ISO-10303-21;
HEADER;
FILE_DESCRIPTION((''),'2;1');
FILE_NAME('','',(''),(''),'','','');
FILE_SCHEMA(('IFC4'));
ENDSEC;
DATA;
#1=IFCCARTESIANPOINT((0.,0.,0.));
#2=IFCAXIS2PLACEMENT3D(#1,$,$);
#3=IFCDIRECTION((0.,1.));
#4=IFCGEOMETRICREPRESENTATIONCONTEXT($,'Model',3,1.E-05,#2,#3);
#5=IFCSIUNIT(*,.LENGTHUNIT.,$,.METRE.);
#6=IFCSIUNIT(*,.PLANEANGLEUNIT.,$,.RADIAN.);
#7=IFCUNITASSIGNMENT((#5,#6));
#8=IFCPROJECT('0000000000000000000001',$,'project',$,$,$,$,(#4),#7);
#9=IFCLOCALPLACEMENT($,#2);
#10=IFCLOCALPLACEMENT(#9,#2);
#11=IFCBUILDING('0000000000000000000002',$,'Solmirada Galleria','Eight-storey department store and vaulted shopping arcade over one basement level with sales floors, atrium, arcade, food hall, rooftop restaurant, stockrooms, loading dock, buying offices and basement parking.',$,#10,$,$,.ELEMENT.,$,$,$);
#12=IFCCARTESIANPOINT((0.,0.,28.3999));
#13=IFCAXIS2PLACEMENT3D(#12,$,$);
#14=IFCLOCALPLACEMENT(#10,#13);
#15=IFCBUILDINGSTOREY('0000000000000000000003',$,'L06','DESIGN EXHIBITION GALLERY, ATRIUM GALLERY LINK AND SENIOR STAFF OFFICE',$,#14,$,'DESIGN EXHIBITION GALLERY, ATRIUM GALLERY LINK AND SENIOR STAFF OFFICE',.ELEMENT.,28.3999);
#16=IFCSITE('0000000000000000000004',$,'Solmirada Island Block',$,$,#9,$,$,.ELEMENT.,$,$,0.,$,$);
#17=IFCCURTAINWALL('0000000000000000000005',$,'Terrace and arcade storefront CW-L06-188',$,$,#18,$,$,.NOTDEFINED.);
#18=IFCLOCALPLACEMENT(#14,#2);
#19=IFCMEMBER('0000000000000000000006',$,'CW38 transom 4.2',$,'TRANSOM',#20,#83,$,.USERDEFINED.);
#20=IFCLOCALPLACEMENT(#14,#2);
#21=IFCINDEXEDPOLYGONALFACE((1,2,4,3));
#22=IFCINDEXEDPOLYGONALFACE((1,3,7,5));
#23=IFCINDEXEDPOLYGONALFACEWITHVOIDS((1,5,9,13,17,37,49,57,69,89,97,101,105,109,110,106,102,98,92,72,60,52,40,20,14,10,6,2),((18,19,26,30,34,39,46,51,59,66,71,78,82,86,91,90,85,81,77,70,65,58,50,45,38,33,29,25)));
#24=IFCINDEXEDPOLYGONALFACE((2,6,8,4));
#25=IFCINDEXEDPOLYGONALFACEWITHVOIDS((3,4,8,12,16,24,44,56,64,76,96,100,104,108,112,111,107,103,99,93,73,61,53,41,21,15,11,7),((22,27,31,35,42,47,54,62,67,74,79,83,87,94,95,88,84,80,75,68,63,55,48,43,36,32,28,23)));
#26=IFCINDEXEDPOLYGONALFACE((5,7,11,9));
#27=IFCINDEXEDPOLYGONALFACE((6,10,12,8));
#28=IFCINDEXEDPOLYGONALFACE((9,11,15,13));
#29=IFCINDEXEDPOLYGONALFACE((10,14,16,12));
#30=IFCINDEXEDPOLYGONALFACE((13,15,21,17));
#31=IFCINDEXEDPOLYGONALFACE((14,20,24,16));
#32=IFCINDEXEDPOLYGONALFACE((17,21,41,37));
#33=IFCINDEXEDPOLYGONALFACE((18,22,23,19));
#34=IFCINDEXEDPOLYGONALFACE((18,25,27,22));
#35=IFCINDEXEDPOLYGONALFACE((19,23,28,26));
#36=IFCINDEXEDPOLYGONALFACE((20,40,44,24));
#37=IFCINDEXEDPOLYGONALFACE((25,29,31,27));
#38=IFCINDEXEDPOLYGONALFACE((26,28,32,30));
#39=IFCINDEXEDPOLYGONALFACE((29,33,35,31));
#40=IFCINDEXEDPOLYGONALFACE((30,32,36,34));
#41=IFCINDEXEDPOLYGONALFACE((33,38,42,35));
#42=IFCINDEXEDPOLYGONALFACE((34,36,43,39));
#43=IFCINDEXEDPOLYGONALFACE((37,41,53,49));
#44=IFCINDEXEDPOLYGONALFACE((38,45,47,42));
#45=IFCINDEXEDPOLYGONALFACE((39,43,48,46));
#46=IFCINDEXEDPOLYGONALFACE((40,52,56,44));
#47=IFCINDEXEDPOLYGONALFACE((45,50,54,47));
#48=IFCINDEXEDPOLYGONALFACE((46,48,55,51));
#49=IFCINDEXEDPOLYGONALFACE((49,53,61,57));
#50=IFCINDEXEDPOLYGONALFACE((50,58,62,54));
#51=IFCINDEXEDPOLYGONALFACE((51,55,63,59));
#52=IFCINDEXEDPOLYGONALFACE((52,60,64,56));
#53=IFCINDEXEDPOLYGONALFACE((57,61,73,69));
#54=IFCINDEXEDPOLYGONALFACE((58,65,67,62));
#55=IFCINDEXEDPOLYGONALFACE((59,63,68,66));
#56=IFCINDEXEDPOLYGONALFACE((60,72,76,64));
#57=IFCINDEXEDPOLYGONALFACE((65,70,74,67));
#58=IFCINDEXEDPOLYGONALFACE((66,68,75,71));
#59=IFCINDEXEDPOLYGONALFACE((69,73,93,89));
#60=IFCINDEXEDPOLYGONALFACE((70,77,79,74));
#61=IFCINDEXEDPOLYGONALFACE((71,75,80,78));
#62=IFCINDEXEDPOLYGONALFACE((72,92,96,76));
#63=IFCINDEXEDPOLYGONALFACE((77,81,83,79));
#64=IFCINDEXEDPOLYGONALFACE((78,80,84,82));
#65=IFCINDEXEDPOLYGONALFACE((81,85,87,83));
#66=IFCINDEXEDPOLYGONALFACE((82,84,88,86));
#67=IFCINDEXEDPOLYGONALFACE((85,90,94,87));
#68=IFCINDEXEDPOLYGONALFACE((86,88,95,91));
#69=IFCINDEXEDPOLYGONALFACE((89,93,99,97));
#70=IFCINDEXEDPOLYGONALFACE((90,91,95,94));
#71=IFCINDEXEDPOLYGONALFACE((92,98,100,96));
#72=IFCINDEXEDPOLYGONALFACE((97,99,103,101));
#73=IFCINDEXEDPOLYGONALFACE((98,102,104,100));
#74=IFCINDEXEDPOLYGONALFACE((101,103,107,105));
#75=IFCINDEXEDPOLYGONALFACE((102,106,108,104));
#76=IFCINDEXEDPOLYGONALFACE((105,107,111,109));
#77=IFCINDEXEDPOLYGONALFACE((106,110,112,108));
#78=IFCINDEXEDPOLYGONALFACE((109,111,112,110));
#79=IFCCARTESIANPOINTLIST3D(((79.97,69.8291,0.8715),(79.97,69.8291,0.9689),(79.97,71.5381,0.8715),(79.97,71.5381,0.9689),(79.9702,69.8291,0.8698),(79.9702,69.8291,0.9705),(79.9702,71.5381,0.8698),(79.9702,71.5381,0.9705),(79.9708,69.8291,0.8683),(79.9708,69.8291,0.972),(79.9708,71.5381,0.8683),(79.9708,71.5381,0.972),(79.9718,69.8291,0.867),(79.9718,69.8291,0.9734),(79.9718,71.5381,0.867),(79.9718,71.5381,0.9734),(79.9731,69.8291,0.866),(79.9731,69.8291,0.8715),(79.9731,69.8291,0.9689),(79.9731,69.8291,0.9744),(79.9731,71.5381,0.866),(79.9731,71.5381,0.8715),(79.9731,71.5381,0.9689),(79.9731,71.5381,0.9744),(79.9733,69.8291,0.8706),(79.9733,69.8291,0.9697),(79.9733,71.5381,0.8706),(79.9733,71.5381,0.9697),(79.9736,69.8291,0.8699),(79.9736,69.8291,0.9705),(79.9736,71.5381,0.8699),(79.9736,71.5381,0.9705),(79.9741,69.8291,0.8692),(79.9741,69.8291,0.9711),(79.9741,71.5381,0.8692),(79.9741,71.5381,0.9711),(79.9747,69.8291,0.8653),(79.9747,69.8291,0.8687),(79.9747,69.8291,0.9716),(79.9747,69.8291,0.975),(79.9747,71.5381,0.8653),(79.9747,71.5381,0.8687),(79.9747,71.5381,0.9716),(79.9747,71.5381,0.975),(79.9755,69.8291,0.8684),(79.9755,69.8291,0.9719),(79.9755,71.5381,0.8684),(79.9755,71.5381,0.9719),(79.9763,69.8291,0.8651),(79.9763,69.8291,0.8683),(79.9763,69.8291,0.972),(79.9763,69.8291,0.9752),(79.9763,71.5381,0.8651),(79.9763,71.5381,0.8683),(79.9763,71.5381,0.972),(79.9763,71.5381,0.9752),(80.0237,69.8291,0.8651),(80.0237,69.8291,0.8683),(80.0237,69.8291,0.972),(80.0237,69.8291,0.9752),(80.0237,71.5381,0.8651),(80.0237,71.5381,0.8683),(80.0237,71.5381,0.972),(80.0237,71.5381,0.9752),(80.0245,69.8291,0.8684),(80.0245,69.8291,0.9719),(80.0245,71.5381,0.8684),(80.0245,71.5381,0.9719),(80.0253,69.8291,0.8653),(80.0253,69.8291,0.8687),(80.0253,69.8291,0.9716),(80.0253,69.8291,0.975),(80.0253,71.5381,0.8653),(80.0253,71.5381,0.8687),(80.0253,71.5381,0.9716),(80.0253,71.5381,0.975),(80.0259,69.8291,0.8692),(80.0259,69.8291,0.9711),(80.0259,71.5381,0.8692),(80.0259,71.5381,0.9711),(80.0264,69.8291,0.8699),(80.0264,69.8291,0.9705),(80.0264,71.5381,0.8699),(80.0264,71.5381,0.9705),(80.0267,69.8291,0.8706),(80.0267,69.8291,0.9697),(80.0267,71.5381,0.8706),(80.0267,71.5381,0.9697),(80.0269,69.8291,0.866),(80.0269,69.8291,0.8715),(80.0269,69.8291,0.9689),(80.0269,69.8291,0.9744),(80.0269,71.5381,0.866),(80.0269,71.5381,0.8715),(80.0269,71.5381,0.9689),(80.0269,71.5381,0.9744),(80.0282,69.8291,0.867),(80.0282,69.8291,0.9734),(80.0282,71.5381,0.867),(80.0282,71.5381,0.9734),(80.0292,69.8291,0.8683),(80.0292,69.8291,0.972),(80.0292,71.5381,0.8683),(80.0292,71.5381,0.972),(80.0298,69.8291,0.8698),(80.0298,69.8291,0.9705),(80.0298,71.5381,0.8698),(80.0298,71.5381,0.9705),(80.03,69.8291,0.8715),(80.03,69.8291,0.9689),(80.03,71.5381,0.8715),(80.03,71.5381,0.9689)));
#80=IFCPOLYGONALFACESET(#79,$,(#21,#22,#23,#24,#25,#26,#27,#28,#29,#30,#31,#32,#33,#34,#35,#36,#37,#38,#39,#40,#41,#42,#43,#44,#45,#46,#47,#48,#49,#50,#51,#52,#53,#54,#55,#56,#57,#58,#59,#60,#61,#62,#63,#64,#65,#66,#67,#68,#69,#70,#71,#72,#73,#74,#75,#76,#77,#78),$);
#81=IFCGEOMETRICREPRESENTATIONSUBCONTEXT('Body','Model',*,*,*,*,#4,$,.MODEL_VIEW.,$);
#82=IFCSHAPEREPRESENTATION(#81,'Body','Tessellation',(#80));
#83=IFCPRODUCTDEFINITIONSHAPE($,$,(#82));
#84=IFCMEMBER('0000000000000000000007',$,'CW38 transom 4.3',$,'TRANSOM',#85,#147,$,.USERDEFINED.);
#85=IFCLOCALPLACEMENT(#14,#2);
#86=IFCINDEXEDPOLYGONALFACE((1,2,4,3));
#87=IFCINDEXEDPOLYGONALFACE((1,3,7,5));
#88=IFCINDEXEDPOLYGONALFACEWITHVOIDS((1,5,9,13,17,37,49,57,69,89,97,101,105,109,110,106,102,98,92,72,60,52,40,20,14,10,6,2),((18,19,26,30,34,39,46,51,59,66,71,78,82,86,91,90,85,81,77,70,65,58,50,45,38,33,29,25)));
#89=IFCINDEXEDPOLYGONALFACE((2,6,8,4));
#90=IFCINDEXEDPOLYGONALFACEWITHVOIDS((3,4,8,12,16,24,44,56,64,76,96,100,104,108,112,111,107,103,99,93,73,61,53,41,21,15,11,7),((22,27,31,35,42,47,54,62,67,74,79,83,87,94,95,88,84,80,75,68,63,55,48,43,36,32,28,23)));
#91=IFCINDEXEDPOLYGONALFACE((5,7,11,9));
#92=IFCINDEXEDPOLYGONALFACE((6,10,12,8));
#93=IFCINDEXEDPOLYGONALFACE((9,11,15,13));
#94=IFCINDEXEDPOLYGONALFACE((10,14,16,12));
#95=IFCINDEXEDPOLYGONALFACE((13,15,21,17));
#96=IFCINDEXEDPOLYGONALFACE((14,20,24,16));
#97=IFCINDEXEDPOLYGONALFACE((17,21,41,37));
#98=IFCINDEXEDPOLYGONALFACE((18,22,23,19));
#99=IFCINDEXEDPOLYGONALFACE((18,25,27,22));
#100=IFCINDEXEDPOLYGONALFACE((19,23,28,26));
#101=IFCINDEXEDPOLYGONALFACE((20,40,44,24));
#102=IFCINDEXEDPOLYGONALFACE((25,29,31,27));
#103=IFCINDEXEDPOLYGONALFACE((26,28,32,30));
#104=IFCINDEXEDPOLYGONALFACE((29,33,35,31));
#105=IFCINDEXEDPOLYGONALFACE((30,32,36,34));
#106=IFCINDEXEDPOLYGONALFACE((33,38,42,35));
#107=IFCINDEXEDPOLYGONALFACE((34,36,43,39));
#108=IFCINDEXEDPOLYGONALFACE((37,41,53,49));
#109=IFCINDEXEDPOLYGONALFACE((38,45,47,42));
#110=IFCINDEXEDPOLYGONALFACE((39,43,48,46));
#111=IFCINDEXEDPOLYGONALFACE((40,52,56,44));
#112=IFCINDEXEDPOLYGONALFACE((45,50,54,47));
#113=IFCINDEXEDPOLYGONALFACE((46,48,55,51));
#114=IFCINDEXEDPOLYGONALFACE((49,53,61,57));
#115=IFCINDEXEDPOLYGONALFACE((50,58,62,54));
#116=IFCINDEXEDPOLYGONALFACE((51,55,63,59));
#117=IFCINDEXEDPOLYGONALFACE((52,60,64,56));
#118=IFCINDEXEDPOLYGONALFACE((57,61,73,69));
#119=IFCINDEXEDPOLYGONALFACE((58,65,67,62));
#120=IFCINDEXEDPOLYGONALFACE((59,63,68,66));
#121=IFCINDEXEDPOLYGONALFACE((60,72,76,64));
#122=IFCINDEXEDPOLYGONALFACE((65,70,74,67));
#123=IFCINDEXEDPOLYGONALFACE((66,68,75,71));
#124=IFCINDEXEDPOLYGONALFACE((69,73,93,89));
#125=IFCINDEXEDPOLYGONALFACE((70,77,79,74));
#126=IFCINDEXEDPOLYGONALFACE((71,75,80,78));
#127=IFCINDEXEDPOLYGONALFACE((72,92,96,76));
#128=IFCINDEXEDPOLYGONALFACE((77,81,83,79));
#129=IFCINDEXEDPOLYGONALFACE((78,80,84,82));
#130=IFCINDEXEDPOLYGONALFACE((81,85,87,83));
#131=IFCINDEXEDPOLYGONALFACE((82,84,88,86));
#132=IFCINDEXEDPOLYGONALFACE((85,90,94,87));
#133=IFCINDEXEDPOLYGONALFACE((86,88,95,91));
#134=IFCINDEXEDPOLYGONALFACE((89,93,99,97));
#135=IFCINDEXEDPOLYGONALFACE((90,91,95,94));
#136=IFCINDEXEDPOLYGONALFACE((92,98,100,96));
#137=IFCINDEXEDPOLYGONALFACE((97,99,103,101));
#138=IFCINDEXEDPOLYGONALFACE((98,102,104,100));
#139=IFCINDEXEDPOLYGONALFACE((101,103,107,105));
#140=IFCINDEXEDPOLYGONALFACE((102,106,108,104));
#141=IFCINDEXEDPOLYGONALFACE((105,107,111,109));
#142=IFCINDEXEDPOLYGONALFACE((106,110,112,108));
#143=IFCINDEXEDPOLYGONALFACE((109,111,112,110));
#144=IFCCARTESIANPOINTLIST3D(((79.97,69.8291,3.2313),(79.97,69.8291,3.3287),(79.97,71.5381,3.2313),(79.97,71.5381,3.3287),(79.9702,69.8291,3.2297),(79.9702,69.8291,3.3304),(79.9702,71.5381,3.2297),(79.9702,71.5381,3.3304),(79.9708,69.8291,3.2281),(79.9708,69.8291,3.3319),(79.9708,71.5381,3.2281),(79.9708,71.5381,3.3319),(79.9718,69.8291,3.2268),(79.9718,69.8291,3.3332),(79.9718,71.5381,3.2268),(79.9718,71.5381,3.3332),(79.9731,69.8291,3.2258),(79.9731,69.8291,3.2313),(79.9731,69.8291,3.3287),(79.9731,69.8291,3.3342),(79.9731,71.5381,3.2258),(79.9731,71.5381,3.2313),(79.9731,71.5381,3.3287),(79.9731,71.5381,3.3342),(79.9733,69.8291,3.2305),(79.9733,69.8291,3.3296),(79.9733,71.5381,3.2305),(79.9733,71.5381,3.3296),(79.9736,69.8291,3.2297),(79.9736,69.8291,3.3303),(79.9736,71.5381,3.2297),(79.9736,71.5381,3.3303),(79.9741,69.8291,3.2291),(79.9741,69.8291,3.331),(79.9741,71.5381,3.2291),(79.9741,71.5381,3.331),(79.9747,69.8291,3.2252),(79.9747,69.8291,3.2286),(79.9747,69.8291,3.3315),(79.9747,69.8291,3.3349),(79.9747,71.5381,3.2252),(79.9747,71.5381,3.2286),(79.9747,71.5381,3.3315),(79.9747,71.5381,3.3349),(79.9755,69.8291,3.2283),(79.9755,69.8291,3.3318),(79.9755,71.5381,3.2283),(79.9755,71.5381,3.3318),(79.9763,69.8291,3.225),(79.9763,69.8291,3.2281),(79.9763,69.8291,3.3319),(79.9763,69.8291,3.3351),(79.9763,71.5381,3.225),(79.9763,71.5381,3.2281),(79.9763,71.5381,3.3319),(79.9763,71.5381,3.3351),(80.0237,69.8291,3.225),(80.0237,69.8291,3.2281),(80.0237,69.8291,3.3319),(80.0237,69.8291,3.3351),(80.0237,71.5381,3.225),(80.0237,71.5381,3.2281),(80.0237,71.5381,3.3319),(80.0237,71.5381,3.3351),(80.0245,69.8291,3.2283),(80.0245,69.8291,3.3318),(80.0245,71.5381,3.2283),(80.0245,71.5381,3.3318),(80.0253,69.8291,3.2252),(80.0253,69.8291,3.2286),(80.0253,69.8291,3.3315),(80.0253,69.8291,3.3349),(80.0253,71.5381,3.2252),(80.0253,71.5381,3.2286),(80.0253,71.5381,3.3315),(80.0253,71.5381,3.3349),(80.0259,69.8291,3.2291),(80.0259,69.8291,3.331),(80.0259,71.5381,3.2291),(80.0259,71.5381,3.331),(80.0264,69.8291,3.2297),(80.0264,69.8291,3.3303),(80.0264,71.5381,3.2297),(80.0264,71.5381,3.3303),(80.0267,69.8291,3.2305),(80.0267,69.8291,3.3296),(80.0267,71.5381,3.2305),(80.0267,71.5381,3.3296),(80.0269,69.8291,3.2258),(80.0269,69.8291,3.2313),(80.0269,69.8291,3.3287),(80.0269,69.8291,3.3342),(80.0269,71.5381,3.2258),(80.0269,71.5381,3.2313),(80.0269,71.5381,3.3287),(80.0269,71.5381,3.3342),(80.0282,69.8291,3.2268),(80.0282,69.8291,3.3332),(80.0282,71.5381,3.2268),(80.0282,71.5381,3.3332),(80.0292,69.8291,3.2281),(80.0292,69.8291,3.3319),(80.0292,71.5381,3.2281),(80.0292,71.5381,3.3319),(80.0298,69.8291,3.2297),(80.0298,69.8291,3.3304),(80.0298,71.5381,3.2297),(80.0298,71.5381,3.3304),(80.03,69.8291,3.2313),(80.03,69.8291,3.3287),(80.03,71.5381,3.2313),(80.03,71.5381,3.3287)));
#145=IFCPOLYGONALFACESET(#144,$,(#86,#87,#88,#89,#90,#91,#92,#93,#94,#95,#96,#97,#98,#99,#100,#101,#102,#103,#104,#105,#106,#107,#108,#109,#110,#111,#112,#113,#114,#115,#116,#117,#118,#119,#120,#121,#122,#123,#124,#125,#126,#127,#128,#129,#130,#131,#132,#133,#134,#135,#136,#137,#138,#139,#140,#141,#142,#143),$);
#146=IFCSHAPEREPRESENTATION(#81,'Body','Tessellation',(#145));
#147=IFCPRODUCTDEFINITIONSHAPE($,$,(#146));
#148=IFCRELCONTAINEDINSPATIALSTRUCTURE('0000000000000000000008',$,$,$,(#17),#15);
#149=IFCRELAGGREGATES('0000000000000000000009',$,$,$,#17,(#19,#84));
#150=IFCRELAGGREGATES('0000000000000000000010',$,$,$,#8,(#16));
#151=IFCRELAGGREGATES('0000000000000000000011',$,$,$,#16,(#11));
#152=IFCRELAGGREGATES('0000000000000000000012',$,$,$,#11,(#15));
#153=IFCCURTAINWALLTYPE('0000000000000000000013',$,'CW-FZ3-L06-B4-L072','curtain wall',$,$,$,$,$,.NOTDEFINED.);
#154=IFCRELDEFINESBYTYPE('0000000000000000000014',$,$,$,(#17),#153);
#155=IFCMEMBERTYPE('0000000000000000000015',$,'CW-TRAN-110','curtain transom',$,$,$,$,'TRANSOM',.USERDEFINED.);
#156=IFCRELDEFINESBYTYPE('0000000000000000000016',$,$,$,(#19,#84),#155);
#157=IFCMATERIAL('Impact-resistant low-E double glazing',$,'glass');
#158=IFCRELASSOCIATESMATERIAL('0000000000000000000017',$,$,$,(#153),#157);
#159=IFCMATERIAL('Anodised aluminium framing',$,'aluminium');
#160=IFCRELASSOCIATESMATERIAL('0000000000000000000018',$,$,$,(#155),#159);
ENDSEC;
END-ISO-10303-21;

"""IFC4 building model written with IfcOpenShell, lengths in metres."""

from ifc_helpers import new_model, si_unit, direction, frame, origin, origin_2d, place, context, subcontext, project, spatial, hollow_rectangle, extrude, material, material_profile, profile_set, type_object, element, aggregate, save


model = new_model("IFC4")

# Units and contexts
model_context = context("Model", 3, precision=1e-05, world=origin(), true_north=direction((0.0, 1.0)))
body_context = subcontext(model_context, "Body", "Model", "MODEL_VIEW")
ifc_project = project(units=[si_unit("LENGTHUNIT", "METRE"), si_unit("PLANEANGLEUNIT", "RADIAN")], contexts=[model_context])

# Site, building, storey
site_placement = place(None, origin())
site = spatial("IfcSite", under=ifc_project, at=site_placement, Name="Solmirada Island Block", CompositionType="ELEMENT", RefElevation=0.0)
building_placement = place(site_placement, origin())
building = spatial("IfcBuilding", under=site, at=building_placement, Name="Solmirada Galleria", Description="Eight-storey department store and vaulted shopping arcade over one basement level with sales floors, atrium, arcade, food hall, rooftop restaurant, stockrooms, loading dock, buying offices and basement parking.", CompositionType="ELEMENT")
storey_placement = place(building_placement, frame((0.0, 0.0, 28.3999)))
storey = spatial("IfcBuildingStorey", under=building, at=storey_placement, Name="L06", Description="DESIGN EXHIBITION GALLERY, ATRIUM GALLERY LINK AND SENIOR STAFF OFFICE", LongName="DESIGN EXHIBITION GALLERY, ATRIUM GALLERY LINK AND SENIOR STAFF OFFICE", CompositionType="ELEMENT", Elevation=28.3999)

# Curtain wall
ifc_material_1 = material(Name="Impact-resistant low-E double glazing", Category="glass")
curtain_wall_type = type_object("IfcCurtainWallType", Name="CW-FZ3-L06-B4-L072", Description="curtain wall", PredefinedType="NOTDEFINED", material=ifc_material_1)
curtain_wall_1_placement = place(storey_placement, origin())
curtain_wall_1 = element("IfcCurtainWall", 1, at=curtain_wall_1_placement, inside=storey, type_object=curtain_wall_type, Name="Terrace and arcade storefront CW-L06-188", PredefinedType="NOTDEFINED")
ifc_material_2 = material(Name="Anodised aluminium framing", Category="aluminium")

# Members
ifc_material_profile_1 = material_profile(ifc_material_2, hollow_rectangle(XDim=0.0601, YDim=0.1101, WallThickness=0.0032, InnerFilletRadius=0.0032, OuterFilletRadius=0.0063, at=origin_2d()), Name="ALU-TRAN-110X60")
ifc_profile_set_1 = profile_set([ifc_material_profile_1], Name="Anodised aluminium framing")
member_type_1 = type_object("IfcMemberType", Name="CW-TRAN-110", Description="curtain transom", ElementType="TRANSOM", PredefinedType="USERDEFINED", material=ifc_profile_set_1)
member_1_placement = place(storey_placement, frame((80.0, 69.8291, 0.9202), z_axis=(0.0, 1.0, 0.0), x_axis=(-1.0, 0.0, 0.0)))
member_1 = element("IfcMember", 2, at=member_1_placement, type_object=member_type_1, Name="CW38 transom 4.2", ObjectType="TRANSOM", PredefinedType="USERDEFINED", context=body_context, shape_type="SweptSolid", body=[
    extrude(hollow_rectangle(XDim=0.0601, YDim=0.1101, WallThickness=0.0032, InnerFilletRadius=0.0032, OuterFilletRadius=0.0063, at=origin_2d()), origin(), (0.0, 0.0, 1.0), 1.709),
])
member_2_placement = place(storey_placement, frame((80.0, 69.8291, 3.28), z_axis=(0.0, 1.0, 0.0), x_axis=(-1.0, 0.0, 0.0)))
member_2 = element("IfcMember", 3, at=member_2_placement, type_object=member_type_1, Name="CW38 transom 4.3", ObjectType="TRANSOM", PredefinedType="USERDEFINED", context=body_context, shape_type="SweptSolid", body=[
    extrude(hollow_rectangle(XDim=0.0601, YDim=0.1101, WallThickness=0.0032, InnerFilletRadius=0.0032, OuterFilletRadius=0.0063, at=origin_2d()), origin(), (0.0, 0.0, 1.0), 1.709),
])

aggregate(curtain_wall_1, [member_1, member_2])

save(model, "model.ifc")
